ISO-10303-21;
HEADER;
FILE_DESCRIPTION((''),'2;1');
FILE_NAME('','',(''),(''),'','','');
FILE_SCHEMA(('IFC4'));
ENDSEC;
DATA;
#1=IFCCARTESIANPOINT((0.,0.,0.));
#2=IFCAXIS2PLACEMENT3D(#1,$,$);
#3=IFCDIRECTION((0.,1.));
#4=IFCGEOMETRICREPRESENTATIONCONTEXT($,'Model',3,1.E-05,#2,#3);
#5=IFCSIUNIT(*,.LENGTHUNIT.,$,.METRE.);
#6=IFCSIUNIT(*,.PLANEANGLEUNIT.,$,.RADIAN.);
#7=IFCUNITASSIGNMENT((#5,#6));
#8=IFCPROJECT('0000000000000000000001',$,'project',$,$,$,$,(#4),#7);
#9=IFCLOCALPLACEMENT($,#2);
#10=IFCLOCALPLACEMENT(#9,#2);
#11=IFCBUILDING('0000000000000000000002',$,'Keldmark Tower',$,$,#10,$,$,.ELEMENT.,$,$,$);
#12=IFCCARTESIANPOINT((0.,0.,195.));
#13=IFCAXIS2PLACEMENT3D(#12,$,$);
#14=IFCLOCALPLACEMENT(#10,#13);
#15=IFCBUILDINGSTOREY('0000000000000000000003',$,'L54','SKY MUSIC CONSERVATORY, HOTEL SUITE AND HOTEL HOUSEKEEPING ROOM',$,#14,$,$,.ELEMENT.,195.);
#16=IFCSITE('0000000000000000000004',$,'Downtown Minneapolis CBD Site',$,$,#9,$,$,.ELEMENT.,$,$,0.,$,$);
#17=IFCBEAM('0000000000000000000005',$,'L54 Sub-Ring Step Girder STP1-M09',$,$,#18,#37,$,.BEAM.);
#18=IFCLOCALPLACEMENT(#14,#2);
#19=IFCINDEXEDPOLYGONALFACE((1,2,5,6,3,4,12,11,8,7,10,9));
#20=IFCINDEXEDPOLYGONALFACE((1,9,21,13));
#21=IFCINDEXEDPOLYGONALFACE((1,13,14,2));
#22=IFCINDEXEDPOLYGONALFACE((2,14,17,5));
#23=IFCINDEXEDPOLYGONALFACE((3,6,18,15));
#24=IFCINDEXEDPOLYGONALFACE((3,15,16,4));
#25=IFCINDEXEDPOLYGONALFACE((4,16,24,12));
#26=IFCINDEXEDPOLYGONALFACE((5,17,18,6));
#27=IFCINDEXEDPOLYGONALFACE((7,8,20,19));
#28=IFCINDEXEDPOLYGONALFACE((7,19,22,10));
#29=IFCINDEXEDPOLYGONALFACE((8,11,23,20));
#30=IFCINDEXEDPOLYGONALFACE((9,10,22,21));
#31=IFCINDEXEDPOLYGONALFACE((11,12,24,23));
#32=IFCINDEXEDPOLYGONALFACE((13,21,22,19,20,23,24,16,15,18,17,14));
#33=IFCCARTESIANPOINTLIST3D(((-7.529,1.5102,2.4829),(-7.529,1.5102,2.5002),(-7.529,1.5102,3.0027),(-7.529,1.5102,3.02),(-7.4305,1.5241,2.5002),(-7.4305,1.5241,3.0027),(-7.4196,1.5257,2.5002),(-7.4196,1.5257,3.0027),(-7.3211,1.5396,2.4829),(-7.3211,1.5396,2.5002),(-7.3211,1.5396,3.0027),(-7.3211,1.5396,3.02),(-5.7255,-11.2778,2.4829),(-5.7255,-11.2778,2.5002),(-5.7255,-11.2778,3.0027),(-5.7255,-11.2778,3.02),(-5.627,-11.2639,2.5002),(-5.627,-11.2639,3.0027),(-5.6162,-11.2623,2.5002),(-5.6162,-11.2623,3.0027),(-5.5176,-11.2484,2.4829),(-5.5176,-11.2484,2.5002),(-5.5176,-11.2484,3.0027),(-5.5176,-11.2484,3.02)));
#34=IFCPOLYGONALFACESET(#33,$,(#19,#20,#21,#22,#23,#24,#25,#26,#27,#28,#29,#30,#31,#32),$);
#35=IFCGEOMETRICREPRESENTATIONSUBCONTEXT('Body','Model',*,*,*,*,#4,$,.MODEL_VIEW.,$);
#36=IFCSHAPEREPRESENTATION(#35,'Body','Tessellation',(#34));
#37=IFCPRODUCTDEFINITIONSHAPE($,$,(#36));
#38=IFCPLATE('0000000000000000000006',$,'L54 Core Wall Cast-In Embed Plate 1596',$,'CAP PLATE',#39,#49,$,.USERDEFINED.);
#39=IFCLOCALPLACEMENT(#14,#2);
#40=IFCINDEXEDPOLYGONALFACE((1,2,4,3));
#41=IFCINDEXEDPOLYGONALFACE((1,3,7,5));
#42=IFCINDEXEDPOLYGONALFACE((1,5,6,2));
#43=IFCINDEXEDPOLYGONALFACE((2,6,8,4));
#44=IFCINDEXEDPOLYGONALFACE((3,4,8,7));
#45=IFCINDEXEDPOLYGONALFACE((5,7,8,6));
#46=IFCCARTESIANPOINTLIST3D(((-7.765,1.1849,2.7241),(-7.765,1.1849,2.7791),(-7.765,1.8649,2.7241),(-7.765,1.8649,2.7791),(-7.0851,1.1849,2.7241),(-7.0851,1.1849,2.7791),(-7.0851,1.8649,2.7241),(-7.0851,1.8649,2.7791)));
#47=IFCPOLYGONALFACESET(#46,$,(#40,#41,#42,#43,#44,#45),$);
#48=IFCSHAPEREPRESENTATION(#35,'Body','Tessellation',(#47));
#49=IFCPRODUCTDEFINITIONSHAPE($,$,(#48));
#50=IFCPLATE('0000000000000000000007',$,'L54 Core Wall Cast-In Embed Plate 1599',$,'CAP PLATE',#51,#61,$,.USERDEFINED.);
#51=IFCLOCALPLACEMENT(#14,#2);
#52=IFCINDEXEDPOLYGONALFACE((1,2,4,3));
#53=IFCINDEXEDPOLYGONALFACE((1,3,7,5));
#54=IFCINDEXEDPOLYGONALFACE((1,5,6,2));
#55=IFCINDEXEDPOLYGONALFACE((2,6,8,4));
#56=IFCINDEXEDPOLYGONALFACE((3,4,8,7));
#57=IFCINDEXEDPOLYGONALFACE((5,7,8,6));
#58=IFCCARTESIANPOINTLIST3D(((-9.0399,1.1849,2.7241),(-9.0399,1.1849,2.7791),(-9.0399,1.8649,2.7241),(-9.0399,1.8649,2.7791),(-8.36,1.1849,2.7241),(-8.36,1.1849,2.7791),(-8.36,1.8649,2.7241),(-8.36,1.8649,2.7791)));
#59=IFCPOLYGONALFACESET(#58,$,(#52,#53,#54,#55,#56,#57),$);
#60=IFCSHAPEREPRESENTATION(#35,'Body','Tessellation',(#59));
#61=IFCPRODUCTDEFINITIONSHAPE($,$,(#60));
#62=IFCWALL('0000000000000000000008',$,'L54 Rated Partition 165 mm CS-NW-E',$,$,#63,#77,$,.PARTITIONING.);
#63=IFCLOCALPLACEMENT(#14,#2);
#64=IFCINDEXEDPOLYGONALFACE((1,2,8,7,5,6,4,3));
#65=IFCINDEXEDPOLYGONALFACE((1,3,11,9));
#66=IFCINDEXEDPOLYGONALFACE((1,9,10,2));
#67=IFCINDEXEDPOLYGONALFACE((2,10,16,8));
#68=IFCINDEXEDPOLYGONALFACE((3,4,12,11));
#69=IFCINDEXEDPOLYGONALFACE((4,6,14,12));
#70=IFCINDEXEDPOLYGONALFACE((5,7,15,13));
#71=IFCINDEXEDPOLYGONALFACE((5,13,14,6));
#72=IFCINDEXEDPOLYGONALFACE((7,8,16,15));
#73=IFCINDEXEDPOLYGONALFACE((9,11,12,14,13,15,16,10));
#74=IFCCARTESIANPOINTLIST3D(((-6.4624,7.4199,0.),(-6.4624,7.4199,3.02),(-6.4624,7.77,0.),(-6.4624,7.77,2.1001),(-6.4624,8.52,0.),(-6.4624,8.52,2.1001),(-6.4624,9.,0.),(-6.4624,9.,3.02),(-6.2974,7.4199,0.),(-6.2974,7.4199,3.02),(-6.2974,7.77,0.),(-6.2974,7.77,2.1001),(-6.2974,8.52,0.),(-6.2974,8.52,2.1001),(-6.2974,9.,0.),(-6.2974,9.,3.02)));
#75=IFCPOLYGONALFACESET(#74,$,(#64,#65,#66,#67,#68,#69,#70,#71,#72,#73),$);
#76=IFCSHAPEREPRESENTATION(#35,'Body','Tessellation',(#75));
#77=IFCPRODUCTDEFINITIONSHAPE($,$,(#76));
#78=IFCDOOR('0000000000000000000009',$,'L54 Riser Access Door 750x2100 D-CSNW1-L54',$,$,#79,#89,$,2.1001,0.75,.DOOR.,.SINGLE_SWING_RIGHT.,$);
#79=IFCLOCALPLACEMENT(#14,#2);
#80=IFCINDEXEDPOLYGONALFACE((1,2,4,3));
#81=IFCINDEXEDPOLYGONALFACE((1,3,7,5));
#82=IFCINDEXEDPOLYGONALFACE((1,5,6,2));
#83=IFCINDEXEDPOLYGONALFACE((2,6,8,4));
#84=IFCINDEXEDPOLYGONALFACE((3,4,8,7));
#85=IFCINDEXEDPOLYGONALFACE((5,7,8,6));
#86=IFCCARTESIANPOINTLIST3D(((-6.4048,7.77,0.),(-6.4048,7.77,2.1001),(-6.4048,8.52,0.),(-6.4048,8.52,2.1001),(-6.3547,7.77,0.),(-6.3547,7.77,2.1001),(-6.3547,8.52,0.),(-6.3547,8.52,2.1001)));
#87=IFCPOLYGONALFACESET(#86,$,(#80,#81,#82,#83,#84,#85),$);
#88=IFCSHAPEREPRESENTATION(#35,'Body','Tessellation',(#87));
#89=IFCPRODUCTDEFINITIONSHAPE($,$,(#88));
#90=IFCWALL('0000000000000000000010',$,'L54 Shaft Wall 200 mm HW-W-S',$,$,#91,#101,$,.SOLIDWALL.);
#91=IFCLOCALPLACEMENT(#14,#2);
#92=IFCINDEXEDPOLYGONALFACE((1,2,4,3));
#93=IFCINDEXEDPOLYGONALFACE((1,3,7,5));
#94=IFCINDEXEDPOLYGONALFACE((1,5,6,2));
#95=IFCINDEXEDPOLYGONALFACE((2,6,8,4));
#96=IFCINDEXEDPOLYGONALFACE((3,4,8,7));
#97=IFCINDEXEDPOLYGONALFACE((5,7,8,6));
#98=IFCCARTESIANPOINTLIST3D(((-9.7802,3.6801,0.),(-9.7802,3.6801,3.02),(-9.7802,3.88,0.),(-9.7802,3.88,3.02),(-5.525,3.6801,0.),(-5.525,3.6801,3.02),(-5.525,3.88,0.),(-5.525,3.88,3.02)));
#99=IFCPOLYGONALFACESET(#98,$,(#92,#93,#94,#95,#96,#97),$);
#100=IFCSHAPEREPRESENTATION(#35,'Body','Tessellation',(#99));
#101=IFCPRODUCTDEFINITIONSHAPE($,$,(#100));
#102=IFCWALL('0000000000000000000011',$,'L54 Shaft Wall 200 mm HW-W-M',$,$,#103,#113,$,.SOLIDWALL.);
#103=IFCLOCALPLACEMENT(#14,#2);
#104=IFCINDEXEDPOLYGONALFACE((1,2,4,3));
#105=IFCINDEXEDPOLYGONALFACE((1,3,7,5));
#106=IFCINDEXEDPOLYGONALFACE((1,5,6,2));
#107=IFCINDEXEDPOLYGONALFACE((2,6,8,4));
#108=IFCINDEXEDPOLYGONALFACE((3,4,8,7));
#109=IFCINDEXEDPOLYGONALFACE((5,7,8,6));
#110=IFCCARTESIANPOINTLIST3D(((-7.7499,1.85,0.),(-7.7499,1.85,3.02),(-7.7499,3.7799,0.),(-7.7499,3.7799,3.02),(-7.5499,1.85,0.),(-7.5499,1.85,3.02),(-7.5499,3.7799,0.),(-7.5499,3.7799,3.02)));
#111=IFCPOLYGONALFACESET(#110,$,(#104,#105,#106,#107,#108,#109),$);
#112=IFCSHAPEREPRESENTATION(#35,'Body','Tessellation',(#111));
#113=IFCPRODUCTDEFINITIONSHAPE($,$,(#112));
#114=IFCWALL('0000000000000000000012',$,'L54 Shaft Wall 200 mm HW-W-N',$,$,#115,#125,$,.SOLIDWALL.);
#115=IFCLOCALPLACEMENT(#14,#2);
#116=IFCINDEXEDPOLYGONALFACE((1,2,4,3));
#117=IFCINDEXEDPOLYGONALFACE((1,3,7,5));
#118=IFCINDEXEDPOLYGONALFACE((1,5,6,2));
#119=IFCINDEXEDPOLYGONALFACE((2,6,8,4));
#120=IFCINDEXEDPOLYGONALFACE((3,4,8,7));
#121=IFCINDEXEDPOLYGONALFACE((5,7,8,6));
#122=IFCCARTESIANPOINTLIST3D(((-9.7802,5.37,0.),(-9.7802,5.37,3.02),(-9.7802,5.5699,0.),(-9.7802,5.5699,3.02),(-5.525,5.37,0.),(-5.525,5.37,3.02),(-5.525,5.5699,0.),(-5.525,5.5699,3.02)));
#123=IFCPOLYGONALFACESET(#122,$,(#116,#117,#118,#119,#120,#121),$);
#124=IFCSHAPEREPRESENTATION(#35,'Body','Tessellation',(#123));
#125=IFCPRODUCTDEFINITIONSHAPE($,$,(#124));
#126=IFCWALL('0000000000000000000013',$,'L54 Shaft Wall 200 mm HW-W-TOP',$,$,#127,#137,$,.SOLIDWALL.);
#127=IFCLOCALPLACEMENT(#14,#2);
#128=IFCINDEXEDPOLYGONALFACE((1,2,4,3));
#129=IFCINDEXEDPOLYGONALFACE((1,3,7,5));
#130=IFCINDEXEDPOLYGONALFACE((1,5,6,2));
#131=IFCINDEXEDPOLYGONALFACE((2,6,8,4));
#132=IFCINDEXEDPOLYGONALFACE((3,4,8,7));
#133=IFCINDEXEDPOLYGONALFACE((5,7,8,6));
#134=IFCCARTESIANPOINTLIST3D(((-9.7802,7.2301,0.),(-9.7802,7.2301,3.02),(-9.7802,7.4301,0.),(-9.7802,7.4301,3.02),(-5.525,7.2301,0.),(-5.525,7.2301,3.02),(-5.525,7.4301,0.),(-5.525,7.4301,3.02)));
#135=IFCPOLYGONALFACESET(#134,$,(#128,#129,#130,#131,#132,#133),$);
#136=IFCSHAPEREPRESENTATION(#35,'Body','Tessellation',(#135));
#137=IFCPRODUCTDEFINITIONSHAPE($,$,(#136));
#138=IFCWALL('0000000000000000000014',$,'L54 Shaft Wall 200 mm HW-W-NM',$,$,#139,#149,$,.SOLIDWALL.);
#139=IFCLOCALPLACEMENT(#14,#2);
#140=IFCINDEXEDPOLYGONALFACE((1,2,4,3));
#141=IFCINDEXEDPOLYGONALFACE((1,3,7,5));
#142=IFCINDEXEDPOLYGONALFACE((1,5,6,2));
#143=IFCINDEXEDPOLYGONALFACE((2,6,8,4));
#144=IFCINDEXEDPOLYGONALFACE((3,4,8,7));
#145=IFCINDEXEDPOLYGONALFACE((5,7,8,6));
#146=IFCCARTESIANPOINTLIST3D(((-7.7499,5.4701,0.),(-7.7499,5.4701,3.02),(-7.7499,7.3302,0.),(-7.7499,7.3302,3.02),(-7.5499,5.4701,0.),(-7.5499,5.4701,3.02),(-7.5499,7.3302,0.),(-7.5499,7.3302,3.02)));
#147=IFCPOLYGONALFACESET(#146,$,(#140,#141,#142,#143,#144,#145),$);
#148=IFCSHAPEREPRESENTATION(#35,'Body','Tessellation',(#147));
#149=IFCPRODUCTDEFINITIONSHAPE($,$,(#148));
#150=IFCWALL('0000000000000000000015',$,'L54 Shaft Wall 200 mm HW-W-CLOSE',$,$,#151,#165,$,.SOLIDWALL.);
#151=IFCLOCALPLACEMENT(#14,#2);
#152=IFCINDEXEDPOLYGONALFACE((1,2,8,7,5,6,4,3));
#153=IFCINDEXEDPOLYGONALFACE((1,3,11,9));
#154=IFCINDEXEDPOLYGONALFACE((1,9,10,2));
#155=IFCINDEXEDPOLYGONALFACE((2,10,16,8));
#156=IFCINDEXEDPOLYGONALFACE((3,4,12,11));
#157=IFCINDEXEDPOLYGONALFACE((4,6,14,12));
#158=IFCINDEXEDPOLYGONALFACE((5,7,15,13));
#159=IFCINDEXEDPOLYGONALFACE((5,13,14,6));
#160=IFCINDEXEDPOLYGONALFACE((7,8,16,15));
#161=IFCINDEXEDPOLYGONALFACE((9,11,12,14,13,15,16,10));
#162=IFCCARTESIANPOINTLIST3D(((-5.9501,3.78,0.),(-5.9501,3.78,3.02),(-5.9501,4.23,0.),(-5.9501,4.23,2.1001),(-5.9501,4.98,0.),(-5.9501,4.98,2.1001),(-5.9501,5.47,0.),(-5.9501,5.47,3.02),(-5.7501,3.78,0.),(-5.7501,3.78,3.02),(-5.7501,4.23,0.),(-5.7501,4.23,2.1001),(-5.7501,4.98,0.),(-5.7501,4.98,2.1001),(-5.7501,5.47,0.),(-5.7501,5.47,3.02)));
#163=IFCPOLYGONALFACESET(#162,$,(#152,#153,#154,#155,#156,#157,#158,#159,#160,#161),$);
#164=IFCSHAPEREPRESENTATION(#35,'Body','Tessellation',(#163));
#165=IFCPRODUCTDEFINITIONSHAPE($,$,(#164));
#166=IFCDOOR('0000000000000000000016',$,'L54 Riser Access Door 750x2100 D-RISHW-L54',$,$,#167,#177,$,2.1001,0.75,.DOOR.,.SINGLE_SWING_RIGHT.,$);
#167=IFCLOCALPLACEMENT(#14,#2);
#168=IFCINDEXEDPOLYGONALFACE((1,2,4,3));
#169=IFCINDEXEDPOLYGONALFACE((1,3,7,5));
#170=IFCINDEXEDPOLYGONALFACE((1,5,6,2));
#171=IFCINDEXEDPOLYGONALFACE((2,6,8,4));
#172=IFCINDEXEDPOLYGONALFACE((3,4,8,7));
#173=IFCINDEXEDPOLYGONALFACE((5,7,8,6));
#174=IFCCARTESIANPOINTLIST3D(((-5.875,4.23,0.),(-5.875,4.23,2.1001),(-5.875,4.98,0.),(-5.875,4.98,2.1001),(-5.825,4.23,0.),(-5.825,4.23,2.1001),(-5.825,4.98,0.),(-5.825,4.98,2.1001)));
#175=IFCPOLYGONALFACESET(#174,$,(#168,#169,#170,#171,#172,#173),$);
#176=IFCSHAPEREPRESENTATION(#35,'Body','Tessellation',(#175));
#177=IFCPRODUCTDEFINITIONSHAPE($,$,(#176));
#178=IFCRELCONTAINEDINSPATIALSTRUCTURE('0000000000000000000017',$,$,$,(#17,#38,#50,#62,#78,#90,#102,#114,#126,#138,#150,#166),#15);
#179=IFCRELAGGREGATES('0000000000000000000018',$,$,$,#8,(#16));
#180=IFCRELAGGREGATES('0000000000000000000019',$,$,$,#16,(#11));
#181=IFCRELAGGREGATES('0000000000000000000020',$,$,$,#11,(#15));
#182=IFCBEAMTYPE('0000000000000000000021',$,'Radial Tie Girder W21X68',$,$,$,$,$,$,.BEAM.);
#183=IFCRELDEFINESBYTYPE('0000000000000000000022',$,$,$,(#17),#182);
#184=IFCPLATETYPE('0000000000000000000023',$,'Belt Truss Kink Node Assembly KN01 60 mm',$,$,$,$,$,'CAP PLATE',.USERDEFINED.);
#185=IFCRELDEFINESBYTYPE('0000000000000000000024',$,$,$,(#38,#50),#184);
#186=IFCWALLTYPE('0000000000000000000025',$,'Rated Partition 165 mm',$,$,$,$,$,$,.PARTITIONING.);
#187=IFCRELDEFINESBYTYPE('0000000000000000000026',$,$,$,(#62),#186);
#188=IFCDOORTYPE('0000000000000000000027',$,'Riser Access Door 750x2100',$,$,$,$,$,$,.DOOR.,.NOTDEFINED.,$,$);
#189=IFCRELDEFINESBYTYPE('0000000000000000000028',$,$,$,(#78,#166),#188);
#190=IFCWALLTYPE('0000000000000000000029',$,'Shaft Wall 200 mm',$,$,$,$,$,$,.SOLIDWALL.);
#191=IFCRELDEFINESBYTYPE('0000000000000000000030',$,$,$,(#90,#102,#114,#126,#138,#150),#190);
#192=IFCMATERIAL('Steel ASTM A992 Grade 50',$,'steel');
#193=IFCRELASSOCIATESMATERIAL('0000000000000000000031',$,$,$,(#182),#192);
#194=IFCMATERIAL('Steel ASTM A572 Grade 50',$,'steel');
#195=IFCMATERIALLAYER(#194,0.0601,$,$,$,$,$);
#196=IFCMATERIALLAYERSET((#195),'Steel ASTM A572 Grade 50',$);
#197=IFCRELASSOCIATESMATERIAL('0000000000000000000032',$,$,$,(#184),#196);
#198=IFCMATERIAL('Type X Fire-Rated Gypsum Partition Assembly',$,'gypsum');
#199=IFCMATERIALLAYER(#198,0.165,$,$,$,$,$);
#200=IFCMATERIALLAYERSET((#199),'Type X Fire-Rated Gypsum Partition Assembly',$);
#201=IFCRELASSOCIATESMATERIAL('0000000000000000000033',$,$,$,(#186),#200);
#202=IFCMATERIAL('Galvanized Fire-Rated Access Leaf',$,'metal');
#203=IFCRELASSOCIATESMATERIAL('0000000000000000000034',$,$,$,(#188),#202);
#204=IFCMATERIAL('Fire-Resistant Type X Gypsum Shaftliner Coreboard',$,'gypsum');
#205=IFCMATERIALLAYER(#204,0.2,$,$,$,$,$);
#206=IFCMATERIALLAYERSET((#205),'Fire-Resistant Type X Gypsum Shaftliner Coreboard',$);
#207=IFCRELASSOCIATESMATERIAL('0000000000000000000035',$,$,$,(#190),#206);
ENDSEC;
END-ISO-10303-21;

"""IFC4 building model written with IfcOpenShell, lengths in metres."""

from ifc_helpers import new_model, si_unit, direction, frame, frame_2d, origin, origin_2d, place, context, subcontext, project, spatial, rectangle, i_section, extrude, material, layer, layer_set, material_profile, profile_set, type_object, element, fill, save


model = new_model("IFC4")

# Units and contexts
model_context = context("Model", 3, precision=1e-05, world=origin(), true_north=direction((0.0, 1.0)))
body_context = subcontext(model_context, "Body", "Model", "MODEL_VIEW")
ifc_project = project(units=[si_unit("LENGTHUNIT", "METRE"), si_unit("PLANEANGLEUNIT", "RADIAN")], contexts=[model_context])

# Site, building, storey
site_placement = place(None, origin())
site = spatial("IfcSite", under=ifc_project, at=site_placement, Name="Downtown Minneapolis CBD Site", CompositionType="ELEMENT", RefElevation=0.0)
building_placement = place(site_placement, origin())
building = spatial("IfcBuilding", under=site, at=building_placement, Name="Keldmark Tower", CompositionType="ELEMENT")
storey_placement = place(building_placement, frame((0.0, 0.0, 195.0)))
storey = spatial("IfcBuildingStorey", under=building, at=storey_placement, Name="L54", Description="SKY MUSIC CONSERVATORY, HOTEL SUITE AND HOTEL HOUSEKEEPING ROOM", CompositionType="ELEMENT", Elevation=195.0)

# Beam
ifc_material_1 = material(Name="Steel ASTM A992 Grade 50", Category="steel")
ifc_material_profile = material_profile(ifc_material_1, i_section(OverallWidth=0.21, OverallDepth=0.5371, WebThickness=0.011, FlangeThickness=0.0173, at=origin_2d()), Name="W21X68")
ifc_profile_set = profile_set([ifc_material_profile], Name="Steel ASTM A992 Grade 50")
beam_type = type_object("IfcBeamType", Name="Radial Tie Girder W21X68", PredefinedType="BEAM", material=ifc_profile_set)
beam_placement = place(storey_placement, frame((-7.425, 1.5249, 2.7515), z_axis=(0.139645, -0.990202, 0.0), x_axis=(0.990202, 0.139645, 0.0)))
element("IfcBeam", 1, at=beam_placement, inside=storey, type_object=beam_type, Name="L54 Sub-Ring Step Girder STP1-M09", PredefinedType="BEAM", context=body_context, shape_type="SweptSolid", body=[
    extrude(i_section(OverallWidth=0.21, OverallDepth=0.5371, WebThickness=0.011, FlangeThickness=0.0173, at=origin_2d()), origin(), (0.0, 0.0, 1.0), 12.9146),
])

# Plates
ifc_material_2 = material(Name="Steel ASTM A572 Grade 50", Category="steel")
ifc_layer_1 = layer(ifc_material_2, 0.0601)
ifc_layer_set_1 = layer_set([ifc_layer_1], Name="Steel ASTM A572 Grade 50")
plate_type = type_object("IfcPlateType", Name="Belt Truss Kink Node Assembly KN01 60 mm", ElementType="CAP PLATE", PredefinedType="USERDEFINED", material=ifc_layer_set_1)
for number, where, z_axis, x_axis, name in (
    (2, (-7.425, 1.5249, 2.7241), (0.0, 0.0, 1.0), (1.0, 0.0, 0.0), "L54 Core Wall Cast-In Embed Plate 1596"),
    (3, (-8.7, 1.5249, 2.7241), (0.0, 0.0, 1.0), (1.0, 0.0, 0.0), "L54 Core Wall Cast-In Embed Plate 1599"),
):
    element("IfcPlate", number, at=place(storey_placement, frame(where, z_axis=z_axis, x_axis=x_axis)), inside=storey, type_object=plate_type, Name=name, ObjectType="CAP PLATE", PredefinedType="USERDEFINED", context=body_context, shape_type="SweptSolid", body=[
        extrude(rectangle(XDim=0.6799, YDim=0.6799, at=origin_2d()), origin(), (0.0, 0.0, 1.0), 0.0549),
    ])

# Wall, opening, door
ifc_material_3 = material(Name="Type X Fire-Rated Gypsum Partition Assembly", Category="gypsum")
ifc_layer_2 = layer(ifc_material_3, 0.165)
ifc_layer_set_2 = layer_set([ifc_layer_2], Name="Type X Fire-Rated Gypsum Partition Assembly")
wall_type_1 = type_object("IfcWallType", Name="Rated Partition 165 mm", PredefinedType="PARTITIONING", material=ifc_layer_set_2)
wall_1_placement = place(storey_placement, frame((-6.3799, 7.4199, 0.0), z_axis=(0.0, 0.0, 1.0), x_axis=(0.0, 1.0, 0.0)))
wall_1 = element("IfcWall", 4, at=wall_1_placement, inside=storey, type_object=wall_type_1, Name="L54 Rated Partition 165 mm CS-NW-E", PredefinedType="PARTITIONING", context=body_context, shape_type="SweptSolid", body=[
    extrude(rectangle(XDim=1.5801, YDim=0.165, at=frame_2d((0.79, 0.0))), origin(), (0.0, 0.0, 1.0), 3.02),
])
opening_1_placement = place(wall_1_placement, frame((0.3501, 0.0, 0.0)))
opening_1 = element("IfcOpeningElement", 5, at=opening_1_placement, cuts=wall_1, PredefinedType="OPENING", context=body_context, shape_type="SweptSolid", body=[
    extrude(rectangle(XDim=0.75, YDim=2.1001, at=frame_2d((0.375, 1.05))), frame((0.0, 0.0925, 0.0), z_axis=(0.0, -1.0, 0.0), x_axis=(1.0, 0.0, 0.0)), (0.0, 0.0, 1.0), 0.1851),
])
ifc_material_4 = material(Name="Galvanized Fire-Rated Access Leaf", Category="metal")
door_type = type_object("IfcDoorType", Name="Riser Access Door 750x2100", OperationType="NOTDEFINED", PredefinedType="DOOR", material=ifc_material_4)
door_1_placement = place(opening_1_placement, origin())
door_1 = element("IfcDoor", 6, at=door_1_placement, inside=storey, type_object=door_type, Name="L54 Riser Access Door 750x2100 D-CSNW1-L54", OperationType="SINGLE_SWING_RIGHT", OverallHeight=2.1001, OverallWidth=0.75, PredefinedType="DOOR", context=body_context, shape_type="SweptSolid", body=[
    extrude(rectangle(XDim=0.75, YDim=2.1001, at=frame_2d((0.375, 1.05))), frame((0.0, 0.0249, 0.0), z_axis=(0.0, -1.0, 0.0), x_axis=(1.0, 0.0, 0.0)), (0.0, 0.0, 1.0), 0.05),
])
fill(opening_1, door_1)

# Walls
ifc_material_5 = material(Name="Fire-Resistant Type X Gypsum Shaftliner Coreboard", Category="gypsum")
ifc_layer_3 = layer(ifc_material_5, 0.2)
ifc_layer_set_3 = layer_set([ifc_layer_3], Name="Fire-Resistant Type X Gypsum Shaftliner Coreboard")
wall_type_2 = type_object("IfcWallType", Name="Shaft Wall 200 mm", PredefinedType="SOLIDWALL", material=ifc_layer_set_3)
wall_2_placement = place(storey_placement, frame((-9.78, 3.78, 0.0), z_axis=(0.0, 0.0, 1.0), x_axis=(1.0, 0.0, 0.0)))
element("IfcWall", 7, at=wall_2_placement, inside=storey, type_object=wall_type_2, Name="L54 Shaft Wall 200 mm HW-W-S", PredefinedType="SOLIDWALL", context=body_context, shape_type="SweptSolid", body=[
    extrude(rectangle(XDim=4.2551, YDim=0.2, at=frame_2d((2.1274, 0.0))), origin(), (0.0, 0.0, 1.0), 3.02),
])
wall_3_placement = place(storey_placement, frame((-7.6499, 1.8501, 0.0), z_axis=(0.0, 0.0, 1.0), x_axis=(0.0, 1.0, 0.0)))
element("IfcWall", 8, at=wall_3_placement, inside=storey, type_object=wall_type_2, Name="L54 Shaft Wall 200 mm HW-W-M", PredefinedType="SOLIDWALL", context=body_context, shape_type="SweptSolid", body=[
    extrude(rectangle(XDim=1.9299, YDim=0.2, at=frame_2d((0.9648, 0.0))), origin(), (0.0, 0.0, 1.0), 3.02),
])
for number, where, z_axis, x_axis, name in (
    (9, (-9.78, 5.47, 0.0), (0.0, 0.0, 1.0), (1.0, 0.0, 0.0), "L54 Shaft Wall 200 mm HW-W-N"),
    (10, (-9.78, 7.3301, 0.0), (0.0, 0.0, 1.0), (1.0, 0.0, 0.0), "L54 Shaft Wall 200 mm HW-W-TOP"),
):
    element("IfcWall", number, at=place(storey_placement, frame(where, z_axis=z_axis, x_axis=x_axis)), inside=storey, type_object=wall_type_2, Name=name, PredefinedType="SOLIDWALL", context=body_context, shape_type="SweptSolid", body=[
        extrude(rectangle(XDim=4.2551, YDim=0.2, at=frame_2d((2.1274, 0.0))), origin(), (0.0, 0.0, 1.0), 3.02),
    ])
wall_4_placement = place(storey_placement, frame((-7.6499, 5.47, 0.0), z_axis=(0.0, 0.0, 1.0), x_axis=(0.0, 1.0, 0.0)))
element("IfcWall", 11, at=wall_4_placement, inside=storey, type_object=wall_type_2, Name="L54 Shaft Wall 200 mm HW-W-NM", PredefinedType="SOLIDWALL", context=body_context, shape_type="SweptSolid", body=[
    extrude(rectangle(XDim=1.8601, YDim=0.2, at=frame_2d((0.9302, 0.0))), origin(), (0.0, 0.0, 1.0), 3.02),
])

# Wall, opening, door
wall_5_placement = place(storey_placement, frame((-5.8501, 3.78, 0.0), z_axis=(0.0, 0.0, 1.0), x_axis=(0.0, 1.0, 0.0)))
wall_5 = element("IfcWall", 12, at=wall_5_placement, inside=storey, type_object=wall_type_2, Name="L54 Shaft Wall 200 mm HW-W-CLOSE", PredefinedType="SOLIDWALL", context=body_context, shape_type="SweptSolid", body=[
    extrude(rectangle(XDim=1.6899, YDim=0.2, at=frame_2d((0.845, 0.0))), origin(), (0.0, 0.0, 1.0), 3.02),
])
opening_2_placement = place(wall_5_placement, frame((0.45, 0.0, 0.0)))
opening_2 = element("IfcOpeningElement", 13, at=opening_2_placement, cuts=wall_5, PredefinedType="OPENING", context=body_context, shape_type="SweptSolid", body=[
    extrude(rectangle(XDim=0.75, YDim=2.1001, at=frame_2d((0.375, 1.05))), frame((0.0, 0.1099, 0.0), z_axis=(0.0, -1.0, 0.0), x_axis=(1.0, 0.0, 0.0)), (0.0, 0.0, 1.0), 0.22),
])
door_2_placement = place(opening_2_placement, origin())
door_2 = element("IfcDoor", 14, at=door_2_placement, inside=storey, type_object=door_type, Name="L54 Riser Access Door 750x2100 D-RISHW-L54", OperationType="SINGLE_SWING_RIGHT", OverallHeight=2.1001, OverallWidth=0.75, PredefinedType="DOOR", context=body_context, shape_type="SweptSolid", body=[
    extrude(rectangle(XDim=0.75, YDim=2.1001, at=frame_2d((0.375, 1.05))), frame((0.0, 0.0249, 0.0), z_axis=(0.0, -1.0, 0.0), x_axis=(1.0, 0.0, 0.0)), (0.0, 0.0, 1.0), 0.05),
])
fill(opening_2, door_2)

save(model, "model.ifc")
